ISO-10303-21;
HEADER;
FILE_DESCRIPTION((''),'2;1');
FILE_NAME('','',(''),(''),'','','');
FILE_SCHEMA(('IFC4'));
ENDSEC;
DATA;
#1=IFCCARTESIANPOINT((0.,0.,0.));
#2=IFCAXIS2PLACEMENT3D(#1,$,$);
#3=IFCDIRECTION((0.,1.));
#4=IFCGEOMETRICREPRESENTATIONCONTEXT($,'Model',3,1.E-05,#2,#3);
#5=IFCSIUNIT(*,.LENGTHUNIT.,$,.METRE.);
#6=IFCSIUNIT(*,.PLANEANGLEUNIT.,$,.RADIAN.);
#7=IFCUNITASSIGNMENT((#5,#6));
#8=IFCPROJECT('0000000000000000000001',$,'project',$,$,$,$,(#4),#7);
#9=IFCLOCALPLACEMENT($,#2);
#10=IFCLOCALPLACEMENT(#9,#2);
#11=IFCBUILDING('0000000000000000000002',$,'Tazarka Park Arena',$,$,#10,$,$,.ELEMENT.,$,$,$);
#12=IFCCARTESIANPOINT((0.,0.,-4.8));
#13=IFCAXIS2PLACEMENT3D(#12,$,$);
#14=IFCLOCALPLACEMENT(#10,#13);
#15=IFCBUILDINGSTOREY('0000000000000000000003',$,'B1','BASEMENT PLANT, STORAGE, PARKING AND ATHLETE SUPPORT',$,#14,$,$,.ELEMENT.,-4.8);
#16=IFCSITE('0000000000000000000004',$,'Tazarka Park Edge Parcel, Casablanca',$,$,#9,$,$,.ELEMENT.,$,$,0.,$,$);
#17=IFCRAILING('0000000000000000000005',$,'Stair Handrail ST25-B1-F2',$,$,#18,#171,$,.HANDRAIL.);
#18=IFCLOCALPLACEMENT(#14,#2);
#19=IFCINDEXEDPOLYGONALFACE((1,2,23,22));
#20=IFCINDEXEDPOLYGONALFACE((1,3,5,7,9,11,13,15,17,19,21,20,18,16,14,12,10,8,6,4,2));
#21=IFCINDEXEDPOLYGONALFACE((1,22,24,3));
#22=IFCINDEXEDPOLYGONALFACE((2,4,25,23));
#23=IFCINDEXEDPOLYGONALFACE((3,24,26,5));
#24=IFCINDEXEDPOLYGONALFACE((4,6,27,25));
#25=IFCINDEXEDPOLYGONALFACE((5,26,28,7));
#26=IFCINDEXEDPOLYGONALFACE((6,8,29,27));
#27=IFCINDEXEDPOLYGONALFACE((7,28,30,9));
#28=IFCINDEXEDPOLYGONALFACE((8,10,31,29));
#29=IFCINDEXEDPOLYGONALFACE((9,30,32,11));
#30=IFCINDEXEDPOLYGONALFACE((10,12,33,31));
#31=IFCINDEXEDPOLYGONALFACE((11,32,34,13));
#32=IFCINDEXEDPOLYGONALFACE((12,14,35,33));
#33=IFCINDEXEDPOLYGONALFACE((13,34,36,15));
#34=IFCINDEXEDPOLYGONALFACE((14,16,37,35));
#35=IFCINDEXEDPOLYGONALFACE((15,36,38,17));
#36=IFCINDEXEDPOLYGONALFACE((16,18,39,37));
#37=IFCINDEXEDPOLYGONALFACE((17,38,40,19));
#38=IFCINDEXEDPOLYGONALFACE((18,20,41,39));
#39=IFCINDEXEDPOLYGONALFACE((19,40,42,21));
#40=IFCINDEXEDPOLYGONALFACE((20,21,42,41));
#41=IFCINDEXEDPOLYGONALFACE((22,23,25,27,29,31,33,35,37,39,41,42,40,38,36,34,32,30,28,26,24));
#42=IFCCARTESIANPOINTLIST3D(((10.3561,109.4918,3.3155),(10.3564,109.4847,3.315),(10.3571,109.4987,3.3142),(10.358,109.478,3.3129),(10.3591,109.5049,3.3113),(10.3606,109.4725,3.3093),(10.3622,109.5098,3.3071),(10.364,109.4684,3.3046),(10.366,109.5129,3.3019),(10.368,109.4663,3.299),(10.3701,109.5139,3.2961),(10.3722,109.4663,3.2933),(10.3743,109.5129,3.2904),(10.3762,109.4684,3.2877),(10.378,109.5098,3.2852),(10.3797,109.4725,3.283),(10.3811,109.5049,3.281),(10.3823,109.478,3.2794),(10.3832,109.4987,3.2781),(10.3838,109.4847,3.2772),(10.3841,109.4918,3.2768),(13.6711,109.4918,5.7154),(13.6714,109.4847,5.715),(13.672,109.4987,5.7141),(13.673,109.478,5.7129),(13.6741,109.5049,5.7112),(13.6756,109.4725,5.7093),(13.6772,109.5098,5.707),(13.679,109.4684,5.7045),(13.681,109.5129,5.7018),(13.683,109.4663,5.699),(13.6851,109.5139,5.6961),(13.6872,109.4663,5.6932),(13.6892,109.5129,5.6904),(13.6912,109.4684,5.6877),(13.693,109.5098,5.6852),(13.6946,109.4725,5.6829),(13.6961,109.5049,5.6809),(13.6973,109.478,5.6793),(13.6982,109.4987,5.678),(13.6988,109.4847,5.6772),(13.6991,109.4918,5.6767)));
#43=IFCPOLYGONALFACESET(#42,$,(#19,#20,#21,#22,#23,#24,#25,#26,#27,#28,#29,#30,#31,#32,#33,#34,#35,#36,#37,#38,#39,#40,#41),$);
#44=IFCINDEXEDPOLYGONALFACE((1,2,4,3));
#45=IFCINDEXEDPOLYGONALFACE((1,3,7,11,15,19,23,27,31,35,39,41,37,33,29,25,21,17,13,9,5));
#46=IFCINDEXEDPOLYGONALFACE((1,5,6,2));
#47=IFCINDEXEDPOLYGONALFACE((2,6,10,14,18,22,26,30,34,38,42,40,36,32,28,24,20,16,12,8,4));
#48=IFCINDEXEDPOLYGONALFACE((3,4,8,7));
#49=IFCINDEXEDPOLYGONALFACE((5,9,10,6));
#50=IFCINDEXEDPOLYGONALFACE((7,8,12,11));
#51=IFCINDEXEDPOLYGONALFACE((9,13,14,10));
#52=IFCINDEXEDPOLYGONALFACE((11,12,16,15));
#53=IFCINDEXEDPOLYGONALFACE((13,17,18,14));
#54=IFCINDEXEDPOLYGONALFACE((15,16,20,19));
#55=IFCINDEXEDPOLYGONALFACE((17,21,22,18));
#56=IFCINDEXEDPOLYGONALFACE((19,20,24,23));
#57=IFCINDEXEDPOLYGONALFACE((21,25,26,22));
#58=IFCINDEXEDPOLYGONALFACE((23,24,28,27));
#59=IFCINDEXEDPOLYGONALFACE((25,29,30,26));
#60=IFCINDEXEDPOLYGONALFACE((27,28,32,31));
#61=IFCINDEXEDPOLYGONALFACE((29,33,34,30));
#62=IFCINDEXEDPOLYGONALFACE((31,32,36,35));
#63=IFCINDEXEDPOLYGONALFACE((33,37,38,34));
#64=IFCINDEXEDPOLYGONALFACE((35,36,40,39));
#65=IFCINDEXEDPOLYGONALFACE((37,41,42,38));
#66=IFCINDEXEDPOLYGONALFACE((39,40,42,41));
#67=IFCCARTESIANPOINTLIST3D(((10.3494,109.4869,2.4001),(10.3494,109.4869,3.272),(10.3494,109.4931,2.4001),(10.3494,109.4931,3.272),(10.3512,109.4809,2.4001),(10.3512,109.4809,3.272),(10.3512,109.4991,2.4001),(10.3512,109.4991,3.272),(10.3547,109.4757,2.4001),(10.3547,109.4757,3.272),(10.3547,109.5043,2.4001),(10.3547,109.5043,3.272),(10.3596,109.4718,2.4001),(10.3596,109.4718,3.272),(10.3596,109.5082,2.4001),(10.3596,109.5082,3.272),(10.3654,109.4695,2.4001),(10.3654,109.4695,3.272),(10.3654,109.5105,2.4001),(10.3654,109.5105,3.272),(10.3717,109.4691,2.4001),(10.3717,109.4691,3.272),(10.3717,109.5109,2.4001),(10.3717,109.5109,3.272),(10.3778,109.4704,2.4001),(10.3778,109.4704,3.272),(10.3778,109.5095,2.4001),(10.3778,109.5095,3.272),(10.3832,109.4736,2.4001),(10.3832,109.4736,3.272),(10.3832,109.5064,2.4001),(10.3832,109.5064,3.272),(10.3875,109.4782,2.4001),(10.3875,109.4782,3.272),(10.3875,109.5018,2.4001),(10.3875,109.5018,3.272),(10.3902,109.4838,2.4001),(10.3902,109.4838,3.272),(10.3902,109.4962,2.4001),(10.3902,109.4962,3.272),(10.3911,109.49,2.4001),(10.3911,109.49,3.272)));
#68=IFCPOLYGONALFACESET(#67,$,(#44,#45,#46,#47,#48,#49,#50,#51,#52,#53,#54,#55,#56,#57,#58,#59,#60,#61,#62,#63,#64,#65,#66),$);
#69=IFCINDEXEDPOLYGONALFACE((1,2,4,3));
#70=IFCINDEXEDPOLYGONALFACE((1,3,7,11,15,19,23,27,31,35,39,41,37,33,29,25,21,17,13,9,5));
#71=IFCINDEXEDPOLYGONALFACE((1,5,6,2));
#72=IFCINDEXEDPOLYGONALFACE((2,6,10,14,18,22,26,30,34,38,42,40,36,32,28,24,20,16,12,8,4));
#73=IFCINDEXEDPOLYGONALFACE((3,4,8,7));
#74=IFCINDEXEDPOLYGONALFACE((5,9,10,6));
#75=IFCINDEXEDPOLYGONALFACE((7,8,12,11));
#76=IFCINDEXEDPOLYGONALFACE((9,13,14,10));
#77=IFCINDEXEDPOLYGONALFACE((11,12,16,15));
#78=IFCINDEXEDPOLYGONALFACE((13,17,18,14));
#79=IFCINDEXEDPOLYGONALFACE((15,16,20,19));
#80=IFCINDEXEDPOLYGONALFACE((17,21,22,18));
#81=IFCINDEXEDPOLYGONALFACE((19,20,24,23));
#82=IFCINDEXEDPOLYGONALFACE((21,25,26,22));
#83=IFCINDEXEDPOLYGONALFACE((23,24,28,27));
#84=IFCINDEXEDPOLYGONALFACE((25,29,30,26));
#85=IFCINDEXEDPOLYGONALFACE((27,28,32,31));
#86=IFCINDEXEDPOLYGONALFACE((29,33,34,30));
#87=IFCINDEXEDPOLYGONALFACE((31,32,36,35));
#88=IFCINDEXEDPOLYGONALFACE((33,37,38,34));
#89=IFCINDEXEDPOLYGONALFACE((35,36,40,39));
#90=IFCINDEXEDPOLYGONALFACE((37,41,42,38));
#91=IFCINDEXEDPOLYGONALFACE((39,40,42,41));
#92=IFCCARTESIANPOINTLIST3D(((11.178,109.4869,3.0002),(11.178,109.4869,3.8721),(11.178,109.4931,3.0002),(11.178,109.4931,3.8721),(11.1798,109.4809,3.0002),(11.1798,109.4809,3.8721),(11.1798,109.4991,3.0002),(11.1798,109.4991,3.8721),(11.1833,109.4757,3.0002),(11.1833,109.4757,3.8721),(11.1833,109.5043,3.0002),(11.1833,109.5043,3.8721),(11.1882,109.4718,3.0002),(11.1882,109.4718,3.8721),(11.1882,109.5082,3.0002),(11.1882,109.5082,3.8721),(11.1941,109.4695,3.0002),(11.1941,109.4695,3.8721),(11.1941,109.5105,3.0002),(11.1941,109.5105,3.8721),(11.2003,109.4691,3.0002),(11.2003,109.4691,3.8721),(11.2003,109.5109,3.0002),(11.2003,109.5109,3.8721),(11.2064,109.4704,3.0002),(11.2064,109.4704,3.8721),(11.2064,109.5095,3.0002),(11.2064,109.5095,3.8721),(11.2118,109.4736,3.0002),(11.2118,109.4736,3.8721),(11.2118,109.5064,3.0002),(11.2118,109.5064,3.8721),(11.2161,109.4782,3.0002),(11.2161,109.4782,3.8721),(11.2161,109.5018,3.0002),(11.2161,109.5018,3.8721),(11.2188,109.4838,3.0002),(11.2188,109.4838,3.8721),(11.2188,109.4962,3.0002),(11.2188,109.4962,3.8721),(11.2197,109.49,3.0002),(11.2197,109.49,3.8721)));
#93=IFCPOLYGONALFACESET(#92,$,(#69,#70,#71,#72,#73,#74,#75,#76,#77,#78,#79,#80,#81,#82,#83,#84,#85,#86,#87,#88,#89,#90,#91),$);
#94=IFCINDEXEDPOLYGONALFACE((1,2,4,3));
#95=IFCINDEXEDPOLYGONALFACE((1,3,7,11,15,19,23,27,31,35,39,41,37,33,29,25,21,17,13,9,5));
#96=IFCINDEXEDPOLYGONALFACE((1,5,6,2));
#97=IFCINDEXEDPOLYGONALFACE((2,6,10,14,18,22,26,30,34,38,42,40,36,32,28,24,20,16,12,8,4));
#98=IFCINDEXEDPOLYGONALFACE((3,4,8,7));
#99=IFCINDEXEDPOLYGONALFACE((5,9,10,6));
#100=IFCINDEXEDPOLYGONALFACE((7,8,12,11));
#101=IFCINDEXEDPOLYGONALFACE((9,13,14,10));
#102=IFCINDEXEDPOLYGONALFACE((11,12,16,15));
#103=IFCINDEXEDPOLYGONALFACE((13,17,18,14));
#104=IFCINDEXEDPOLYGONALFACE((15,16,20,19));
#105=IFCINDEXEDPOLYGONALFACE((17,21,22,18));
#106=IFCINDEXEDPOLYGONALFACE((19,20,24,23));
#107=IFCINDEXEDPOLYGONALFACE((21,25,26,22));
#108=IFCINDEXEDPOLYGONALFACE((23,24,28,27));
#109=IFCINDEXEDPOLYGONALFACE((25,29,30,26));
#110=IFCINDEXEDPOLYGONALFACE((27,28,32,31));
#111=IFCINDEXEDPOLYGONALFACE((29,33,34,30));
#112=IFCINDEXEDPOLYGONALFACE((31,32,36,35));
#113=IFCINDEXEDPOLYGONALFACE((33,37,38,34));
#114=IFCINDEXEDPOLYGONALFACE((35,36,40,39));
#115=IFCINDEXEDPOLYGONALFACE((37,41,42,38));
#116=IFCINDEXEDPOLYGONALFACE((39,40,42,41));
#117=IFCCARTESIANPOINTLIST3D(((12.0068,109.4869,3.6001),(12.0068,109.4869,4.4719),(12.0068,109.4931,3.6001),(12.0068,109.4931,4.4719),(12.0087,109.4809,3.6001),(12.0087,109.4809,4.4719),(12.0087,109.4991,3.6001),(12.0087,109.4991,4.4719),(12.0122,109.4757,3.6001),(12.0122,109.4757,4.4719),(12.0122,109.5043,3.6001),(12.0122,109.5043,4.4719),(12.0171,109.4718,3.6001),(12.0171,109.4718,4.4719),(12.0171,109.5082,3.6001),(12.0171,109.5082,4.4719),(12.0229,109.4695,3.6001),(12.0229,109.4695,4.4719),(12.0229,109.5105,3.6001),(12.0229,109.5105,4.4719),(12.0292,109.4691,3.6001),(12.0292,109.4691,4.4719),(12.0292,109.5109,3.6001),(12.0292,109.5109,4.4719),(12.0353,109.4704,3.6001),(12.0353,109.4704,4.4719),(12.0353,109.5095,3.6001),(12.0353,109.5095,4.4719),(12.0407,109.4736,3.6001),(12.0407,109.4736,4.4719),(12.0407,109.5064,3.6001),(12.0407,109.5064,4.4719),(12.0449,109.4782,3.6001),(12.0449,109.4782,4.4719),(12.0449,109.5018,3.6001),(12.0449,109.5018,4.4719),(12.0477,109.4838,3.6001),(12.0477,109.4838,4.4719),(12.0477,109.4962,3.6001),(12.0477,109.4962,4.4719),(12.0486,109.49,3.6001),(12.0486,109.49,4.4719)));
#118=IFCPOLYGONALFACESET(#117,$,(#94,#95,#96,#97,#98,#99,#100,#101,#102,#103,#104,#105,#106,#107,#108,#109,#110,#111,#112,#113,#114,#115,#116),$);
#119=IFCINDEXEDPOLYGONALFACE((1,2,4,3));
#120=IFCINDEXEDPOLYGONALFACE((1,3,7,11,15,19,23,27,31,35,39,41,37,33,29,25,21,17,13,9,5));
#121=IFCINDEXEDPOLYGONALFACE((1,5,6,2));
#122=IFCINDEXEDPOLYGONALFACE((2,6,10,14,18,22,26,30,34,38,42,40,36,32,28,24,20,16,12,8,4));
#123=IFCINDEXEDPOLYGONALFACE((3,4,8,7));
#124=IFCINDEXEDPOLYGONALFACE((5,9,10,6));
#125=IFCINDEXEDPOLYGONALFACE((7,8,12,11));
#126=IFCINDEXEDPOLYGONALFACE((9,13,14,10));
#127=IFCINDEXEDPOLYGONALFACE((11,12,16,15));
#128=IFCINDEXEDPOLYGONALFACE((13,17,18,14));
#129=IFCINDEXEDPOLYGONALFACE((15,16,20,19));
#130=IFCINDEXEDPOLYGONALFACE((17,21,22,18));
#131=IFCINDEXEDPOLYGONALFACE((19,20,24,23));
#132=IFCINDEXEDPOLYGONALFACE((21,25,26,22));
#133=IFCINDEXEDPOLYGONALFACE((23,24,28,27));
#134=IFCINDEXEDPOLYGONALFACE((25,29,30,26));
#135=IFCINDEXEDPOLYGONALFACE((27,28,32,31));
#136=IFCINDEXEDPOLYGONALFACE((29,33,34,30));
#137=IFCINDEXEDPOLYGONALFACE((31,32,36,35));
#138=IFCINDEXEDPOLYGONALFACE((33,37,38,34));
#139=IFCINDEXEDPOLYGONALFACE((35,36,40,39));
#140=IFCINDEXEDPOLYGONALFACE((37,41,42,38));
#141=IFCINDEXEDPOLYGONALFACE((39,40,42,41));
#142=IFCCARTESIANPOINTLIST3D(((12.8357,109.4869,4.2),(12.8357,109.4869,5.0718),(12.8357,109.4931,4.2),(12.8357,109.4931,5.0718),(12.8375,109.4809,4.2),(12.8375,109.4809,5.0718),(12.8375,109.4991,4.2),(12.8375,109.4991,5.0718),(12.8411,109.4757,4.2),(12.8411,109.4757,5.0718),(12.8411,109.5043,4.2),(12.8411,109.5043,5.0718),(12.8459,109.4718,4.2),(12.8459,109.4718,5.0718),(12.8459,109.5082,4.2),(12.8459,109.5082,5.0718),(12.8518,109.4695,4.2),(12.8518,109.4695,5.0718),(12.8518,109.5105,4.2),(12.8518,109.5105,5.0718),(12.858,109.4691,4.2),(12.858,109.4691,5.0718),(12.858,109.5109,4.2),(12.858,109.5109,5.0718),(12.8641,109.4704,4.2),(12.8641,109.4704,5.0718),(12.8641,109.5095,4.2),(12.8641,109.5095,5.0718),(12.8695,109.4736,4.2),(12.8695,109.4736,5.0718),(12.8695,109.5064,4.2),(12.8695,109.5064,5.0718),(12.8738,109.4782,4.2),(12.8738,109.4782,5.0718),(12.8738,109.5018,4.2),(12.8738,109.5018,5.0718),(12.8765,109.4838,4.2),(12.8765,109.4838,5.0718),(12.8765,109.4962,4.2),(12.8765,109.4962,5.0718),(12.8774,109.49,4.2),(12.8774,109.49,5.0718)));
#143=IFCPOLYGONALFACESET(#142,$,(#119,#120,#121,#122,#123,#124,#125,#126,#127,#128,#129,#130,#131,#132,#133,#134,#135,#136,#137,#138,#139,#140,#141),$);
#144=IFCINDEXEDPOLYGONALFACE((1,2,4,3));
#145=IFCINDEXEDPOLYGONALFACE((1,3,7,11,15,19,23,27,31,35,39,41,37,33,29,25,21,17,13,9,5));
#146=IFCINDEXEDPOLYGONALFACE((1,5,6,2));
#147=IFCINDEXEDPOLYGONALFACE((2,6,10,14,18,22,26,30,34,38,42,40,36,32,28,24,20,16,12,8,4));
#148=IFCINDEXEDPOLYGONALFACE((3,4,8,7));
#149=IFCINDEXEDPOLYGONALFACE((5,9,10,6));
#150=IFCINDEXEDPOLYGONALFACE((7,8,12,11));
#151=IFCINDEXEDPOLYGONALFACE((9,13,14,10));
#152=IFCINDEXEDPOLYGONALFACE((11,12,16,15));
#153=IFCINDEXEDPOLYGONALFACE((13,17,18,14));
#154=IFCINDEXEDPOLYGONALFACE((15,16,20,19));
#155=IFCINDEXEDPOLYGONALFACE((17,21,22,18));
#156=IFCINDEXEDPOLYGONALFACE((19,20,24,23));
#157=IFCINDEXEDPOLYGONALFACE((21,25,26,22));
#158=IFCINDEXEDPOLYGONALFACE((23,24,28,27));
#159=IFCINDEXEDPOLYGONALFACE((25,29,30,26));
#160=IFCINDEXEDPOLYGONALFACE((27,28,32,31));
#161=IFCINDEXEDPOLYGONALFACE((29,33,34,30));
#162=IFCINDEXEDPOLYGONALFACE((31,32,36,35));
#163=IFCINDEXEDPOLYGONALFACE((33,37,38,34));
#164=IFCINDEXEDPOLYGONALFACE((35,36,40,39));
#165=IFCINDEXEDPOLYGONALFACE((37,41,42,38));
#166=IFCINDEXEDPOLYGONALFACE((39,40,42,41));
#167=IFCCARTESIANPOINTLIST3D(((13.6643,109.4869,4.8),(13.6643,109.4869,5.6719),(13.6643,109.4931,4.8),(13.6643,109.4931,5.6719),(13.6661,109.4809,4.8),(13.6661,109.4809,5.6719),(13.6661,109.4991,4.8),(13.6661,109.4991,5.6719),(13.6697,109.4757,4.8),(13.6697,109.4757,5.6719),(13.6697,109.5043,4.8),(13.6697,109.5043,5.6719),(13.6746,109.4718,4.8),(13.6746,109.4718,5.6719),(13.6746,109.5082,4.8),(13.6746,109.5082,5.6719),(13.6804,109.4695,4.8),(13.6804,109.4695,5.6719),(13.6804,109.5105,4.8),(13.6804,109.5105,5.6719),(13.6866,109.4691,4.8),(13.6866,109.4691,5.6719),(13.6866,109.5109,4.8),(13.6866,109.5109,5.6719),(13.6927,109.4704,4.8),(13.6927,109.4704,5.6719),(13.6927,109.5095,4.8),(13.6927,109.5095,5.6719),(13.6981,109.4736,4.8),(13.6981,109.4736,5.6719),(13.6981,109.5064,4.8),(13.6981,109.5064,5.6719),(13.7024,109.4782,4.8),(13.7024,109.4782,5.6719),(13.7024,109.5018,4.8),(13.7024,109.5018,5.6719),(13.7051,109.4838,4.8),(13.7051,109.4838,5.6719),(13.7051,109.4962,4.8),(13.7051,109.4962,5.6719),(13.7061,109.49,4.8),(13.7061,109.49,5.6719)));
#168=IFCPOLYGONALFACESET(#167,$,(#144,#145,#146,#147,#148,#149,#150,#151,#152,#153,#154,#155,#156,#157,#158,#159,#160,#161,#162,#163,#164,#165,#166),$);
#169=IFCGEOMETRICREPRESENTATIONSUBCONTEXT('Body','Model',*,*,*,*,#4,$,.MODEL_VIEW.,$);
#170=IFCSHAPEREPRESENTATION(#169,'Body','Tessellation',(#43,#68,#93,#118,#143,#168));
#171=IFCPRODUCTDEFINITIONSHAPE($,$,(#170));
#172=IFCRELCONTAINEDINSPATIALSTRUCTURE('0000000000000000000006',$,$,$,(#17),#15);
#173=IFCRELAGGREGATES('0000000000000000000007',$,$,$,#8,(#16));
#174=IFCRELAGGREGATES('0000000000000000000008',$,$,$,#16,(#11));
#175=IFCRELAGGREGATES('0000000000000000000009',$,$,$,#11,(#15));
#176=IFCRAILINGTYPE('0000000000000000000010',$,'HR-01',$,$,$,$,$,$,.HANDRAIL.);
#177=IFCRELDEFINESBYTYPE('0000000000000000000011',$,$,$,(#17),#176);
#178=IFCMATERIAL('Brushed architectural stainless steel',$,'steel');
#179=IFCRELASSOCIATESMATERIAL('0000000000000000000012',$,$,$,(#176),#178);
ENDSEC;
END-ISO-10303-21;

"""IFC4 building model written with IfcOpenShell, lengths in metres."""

from ifc_helpers import new_model, si_unit, direction, frame, origin, origin_2d, place, context, subcontext, project, spatial, circle, extrude, material, type_object, element, save


model = new_model("IFC4")

# Units and contexts
model_context = context("Model", 3, precision=1e-05, world=origin(), true_north=direction((0.0, 1.0)))
body_context = subcontext(model_context, "Body", "Model", "MODEL_VIEW")
ifc_project = project(units=[si_unit("LENGTHUNIT", "METRE"), si_unit("PLANEANGLEUNIT", "RADIAN")], contexts=[model_context])

# Site, building, storey
site_placement = place(None, origin())
site = spatial("IfcSite", under=ifc_project, at=site_placement, Name="Tazarka Park Edge Parcel, Casablanca", CompositionType="ELEMENT", RefElevation=0.0)
building_placement = place(site_placement, origin())
building = spatial("IfcBuilding", under=site, at=building_placement, Name="Tazarka Park Arena", CompositionType="ELEMENT")
storey_placement = place(building_placement, frame((0.0, 0.0, -4.8)))
storey = spatial("IfcBuildingStorey", under=building, at=storey_placement, Name="B1", Description="BASEMENT PLANT, STORAGE, PARKING AND ATHLETE SUPPORT", CompositionType="ELEMENT", Elevation=-4.8)

# Railing
ifc_material_1 = material(Name="Brushed architectural stainless steel", Category="steel")
railing_type_1 = type_object("IfcRailingType", Name="HR-01", PredefinedType="HANDRAIL", material=ifc_material_1)
railing_1_placement = place(storey_placement, frame((10.3701, 109.49, 2.4001)))
element("IfcRailing", 1, at=railing_1_placement, inside=storey, type_object=railing_type_1, Name="Stair Handrail ST25-B1-F2", PredefinedType="HANDRAIL", context=body_context, shape_type="SweptSolid", body=[
    extrude(circle(Radius=0.0239, at=origin_2d()), frame((0.0, 0.0, 0.896), z_axis=(0.810009, 0.0, 0.586418), x_axis=(0.0, 1.0, 0.0)), (0.0, 0.0, 1.0), 4.0925),
    extrude(circle(Radius=0.021, at=origin_2d()), origin(), (0.0, 0.0, 1.0), 0.8718),
    extrude(circle(Radius=0.021, at=origin_2d()), frame((0.8286, 0.0, 0.6001)), (0.0, 0.0, 1.0), 0.8718),
    extrude(circle(Radius=0.021, at=origin_2d()), frame((1.6575, 0.0, 1.2)), (0.0, 0.0, 1.0), 0.8718),
    extrude(circle(Radius=0.021, at=origin_2d()), frame((2.4863, 0.0, 1.7998)), (0.0, 0.0, 1.0), 0.8718),
    extrude(circle(Radius=0.021, at=origin_2d()), frame((3.3149, 0.0, 2.3999)), (0.0, 0.0, 1.0), 0.8718),
])

save(model, "model.ifc")
